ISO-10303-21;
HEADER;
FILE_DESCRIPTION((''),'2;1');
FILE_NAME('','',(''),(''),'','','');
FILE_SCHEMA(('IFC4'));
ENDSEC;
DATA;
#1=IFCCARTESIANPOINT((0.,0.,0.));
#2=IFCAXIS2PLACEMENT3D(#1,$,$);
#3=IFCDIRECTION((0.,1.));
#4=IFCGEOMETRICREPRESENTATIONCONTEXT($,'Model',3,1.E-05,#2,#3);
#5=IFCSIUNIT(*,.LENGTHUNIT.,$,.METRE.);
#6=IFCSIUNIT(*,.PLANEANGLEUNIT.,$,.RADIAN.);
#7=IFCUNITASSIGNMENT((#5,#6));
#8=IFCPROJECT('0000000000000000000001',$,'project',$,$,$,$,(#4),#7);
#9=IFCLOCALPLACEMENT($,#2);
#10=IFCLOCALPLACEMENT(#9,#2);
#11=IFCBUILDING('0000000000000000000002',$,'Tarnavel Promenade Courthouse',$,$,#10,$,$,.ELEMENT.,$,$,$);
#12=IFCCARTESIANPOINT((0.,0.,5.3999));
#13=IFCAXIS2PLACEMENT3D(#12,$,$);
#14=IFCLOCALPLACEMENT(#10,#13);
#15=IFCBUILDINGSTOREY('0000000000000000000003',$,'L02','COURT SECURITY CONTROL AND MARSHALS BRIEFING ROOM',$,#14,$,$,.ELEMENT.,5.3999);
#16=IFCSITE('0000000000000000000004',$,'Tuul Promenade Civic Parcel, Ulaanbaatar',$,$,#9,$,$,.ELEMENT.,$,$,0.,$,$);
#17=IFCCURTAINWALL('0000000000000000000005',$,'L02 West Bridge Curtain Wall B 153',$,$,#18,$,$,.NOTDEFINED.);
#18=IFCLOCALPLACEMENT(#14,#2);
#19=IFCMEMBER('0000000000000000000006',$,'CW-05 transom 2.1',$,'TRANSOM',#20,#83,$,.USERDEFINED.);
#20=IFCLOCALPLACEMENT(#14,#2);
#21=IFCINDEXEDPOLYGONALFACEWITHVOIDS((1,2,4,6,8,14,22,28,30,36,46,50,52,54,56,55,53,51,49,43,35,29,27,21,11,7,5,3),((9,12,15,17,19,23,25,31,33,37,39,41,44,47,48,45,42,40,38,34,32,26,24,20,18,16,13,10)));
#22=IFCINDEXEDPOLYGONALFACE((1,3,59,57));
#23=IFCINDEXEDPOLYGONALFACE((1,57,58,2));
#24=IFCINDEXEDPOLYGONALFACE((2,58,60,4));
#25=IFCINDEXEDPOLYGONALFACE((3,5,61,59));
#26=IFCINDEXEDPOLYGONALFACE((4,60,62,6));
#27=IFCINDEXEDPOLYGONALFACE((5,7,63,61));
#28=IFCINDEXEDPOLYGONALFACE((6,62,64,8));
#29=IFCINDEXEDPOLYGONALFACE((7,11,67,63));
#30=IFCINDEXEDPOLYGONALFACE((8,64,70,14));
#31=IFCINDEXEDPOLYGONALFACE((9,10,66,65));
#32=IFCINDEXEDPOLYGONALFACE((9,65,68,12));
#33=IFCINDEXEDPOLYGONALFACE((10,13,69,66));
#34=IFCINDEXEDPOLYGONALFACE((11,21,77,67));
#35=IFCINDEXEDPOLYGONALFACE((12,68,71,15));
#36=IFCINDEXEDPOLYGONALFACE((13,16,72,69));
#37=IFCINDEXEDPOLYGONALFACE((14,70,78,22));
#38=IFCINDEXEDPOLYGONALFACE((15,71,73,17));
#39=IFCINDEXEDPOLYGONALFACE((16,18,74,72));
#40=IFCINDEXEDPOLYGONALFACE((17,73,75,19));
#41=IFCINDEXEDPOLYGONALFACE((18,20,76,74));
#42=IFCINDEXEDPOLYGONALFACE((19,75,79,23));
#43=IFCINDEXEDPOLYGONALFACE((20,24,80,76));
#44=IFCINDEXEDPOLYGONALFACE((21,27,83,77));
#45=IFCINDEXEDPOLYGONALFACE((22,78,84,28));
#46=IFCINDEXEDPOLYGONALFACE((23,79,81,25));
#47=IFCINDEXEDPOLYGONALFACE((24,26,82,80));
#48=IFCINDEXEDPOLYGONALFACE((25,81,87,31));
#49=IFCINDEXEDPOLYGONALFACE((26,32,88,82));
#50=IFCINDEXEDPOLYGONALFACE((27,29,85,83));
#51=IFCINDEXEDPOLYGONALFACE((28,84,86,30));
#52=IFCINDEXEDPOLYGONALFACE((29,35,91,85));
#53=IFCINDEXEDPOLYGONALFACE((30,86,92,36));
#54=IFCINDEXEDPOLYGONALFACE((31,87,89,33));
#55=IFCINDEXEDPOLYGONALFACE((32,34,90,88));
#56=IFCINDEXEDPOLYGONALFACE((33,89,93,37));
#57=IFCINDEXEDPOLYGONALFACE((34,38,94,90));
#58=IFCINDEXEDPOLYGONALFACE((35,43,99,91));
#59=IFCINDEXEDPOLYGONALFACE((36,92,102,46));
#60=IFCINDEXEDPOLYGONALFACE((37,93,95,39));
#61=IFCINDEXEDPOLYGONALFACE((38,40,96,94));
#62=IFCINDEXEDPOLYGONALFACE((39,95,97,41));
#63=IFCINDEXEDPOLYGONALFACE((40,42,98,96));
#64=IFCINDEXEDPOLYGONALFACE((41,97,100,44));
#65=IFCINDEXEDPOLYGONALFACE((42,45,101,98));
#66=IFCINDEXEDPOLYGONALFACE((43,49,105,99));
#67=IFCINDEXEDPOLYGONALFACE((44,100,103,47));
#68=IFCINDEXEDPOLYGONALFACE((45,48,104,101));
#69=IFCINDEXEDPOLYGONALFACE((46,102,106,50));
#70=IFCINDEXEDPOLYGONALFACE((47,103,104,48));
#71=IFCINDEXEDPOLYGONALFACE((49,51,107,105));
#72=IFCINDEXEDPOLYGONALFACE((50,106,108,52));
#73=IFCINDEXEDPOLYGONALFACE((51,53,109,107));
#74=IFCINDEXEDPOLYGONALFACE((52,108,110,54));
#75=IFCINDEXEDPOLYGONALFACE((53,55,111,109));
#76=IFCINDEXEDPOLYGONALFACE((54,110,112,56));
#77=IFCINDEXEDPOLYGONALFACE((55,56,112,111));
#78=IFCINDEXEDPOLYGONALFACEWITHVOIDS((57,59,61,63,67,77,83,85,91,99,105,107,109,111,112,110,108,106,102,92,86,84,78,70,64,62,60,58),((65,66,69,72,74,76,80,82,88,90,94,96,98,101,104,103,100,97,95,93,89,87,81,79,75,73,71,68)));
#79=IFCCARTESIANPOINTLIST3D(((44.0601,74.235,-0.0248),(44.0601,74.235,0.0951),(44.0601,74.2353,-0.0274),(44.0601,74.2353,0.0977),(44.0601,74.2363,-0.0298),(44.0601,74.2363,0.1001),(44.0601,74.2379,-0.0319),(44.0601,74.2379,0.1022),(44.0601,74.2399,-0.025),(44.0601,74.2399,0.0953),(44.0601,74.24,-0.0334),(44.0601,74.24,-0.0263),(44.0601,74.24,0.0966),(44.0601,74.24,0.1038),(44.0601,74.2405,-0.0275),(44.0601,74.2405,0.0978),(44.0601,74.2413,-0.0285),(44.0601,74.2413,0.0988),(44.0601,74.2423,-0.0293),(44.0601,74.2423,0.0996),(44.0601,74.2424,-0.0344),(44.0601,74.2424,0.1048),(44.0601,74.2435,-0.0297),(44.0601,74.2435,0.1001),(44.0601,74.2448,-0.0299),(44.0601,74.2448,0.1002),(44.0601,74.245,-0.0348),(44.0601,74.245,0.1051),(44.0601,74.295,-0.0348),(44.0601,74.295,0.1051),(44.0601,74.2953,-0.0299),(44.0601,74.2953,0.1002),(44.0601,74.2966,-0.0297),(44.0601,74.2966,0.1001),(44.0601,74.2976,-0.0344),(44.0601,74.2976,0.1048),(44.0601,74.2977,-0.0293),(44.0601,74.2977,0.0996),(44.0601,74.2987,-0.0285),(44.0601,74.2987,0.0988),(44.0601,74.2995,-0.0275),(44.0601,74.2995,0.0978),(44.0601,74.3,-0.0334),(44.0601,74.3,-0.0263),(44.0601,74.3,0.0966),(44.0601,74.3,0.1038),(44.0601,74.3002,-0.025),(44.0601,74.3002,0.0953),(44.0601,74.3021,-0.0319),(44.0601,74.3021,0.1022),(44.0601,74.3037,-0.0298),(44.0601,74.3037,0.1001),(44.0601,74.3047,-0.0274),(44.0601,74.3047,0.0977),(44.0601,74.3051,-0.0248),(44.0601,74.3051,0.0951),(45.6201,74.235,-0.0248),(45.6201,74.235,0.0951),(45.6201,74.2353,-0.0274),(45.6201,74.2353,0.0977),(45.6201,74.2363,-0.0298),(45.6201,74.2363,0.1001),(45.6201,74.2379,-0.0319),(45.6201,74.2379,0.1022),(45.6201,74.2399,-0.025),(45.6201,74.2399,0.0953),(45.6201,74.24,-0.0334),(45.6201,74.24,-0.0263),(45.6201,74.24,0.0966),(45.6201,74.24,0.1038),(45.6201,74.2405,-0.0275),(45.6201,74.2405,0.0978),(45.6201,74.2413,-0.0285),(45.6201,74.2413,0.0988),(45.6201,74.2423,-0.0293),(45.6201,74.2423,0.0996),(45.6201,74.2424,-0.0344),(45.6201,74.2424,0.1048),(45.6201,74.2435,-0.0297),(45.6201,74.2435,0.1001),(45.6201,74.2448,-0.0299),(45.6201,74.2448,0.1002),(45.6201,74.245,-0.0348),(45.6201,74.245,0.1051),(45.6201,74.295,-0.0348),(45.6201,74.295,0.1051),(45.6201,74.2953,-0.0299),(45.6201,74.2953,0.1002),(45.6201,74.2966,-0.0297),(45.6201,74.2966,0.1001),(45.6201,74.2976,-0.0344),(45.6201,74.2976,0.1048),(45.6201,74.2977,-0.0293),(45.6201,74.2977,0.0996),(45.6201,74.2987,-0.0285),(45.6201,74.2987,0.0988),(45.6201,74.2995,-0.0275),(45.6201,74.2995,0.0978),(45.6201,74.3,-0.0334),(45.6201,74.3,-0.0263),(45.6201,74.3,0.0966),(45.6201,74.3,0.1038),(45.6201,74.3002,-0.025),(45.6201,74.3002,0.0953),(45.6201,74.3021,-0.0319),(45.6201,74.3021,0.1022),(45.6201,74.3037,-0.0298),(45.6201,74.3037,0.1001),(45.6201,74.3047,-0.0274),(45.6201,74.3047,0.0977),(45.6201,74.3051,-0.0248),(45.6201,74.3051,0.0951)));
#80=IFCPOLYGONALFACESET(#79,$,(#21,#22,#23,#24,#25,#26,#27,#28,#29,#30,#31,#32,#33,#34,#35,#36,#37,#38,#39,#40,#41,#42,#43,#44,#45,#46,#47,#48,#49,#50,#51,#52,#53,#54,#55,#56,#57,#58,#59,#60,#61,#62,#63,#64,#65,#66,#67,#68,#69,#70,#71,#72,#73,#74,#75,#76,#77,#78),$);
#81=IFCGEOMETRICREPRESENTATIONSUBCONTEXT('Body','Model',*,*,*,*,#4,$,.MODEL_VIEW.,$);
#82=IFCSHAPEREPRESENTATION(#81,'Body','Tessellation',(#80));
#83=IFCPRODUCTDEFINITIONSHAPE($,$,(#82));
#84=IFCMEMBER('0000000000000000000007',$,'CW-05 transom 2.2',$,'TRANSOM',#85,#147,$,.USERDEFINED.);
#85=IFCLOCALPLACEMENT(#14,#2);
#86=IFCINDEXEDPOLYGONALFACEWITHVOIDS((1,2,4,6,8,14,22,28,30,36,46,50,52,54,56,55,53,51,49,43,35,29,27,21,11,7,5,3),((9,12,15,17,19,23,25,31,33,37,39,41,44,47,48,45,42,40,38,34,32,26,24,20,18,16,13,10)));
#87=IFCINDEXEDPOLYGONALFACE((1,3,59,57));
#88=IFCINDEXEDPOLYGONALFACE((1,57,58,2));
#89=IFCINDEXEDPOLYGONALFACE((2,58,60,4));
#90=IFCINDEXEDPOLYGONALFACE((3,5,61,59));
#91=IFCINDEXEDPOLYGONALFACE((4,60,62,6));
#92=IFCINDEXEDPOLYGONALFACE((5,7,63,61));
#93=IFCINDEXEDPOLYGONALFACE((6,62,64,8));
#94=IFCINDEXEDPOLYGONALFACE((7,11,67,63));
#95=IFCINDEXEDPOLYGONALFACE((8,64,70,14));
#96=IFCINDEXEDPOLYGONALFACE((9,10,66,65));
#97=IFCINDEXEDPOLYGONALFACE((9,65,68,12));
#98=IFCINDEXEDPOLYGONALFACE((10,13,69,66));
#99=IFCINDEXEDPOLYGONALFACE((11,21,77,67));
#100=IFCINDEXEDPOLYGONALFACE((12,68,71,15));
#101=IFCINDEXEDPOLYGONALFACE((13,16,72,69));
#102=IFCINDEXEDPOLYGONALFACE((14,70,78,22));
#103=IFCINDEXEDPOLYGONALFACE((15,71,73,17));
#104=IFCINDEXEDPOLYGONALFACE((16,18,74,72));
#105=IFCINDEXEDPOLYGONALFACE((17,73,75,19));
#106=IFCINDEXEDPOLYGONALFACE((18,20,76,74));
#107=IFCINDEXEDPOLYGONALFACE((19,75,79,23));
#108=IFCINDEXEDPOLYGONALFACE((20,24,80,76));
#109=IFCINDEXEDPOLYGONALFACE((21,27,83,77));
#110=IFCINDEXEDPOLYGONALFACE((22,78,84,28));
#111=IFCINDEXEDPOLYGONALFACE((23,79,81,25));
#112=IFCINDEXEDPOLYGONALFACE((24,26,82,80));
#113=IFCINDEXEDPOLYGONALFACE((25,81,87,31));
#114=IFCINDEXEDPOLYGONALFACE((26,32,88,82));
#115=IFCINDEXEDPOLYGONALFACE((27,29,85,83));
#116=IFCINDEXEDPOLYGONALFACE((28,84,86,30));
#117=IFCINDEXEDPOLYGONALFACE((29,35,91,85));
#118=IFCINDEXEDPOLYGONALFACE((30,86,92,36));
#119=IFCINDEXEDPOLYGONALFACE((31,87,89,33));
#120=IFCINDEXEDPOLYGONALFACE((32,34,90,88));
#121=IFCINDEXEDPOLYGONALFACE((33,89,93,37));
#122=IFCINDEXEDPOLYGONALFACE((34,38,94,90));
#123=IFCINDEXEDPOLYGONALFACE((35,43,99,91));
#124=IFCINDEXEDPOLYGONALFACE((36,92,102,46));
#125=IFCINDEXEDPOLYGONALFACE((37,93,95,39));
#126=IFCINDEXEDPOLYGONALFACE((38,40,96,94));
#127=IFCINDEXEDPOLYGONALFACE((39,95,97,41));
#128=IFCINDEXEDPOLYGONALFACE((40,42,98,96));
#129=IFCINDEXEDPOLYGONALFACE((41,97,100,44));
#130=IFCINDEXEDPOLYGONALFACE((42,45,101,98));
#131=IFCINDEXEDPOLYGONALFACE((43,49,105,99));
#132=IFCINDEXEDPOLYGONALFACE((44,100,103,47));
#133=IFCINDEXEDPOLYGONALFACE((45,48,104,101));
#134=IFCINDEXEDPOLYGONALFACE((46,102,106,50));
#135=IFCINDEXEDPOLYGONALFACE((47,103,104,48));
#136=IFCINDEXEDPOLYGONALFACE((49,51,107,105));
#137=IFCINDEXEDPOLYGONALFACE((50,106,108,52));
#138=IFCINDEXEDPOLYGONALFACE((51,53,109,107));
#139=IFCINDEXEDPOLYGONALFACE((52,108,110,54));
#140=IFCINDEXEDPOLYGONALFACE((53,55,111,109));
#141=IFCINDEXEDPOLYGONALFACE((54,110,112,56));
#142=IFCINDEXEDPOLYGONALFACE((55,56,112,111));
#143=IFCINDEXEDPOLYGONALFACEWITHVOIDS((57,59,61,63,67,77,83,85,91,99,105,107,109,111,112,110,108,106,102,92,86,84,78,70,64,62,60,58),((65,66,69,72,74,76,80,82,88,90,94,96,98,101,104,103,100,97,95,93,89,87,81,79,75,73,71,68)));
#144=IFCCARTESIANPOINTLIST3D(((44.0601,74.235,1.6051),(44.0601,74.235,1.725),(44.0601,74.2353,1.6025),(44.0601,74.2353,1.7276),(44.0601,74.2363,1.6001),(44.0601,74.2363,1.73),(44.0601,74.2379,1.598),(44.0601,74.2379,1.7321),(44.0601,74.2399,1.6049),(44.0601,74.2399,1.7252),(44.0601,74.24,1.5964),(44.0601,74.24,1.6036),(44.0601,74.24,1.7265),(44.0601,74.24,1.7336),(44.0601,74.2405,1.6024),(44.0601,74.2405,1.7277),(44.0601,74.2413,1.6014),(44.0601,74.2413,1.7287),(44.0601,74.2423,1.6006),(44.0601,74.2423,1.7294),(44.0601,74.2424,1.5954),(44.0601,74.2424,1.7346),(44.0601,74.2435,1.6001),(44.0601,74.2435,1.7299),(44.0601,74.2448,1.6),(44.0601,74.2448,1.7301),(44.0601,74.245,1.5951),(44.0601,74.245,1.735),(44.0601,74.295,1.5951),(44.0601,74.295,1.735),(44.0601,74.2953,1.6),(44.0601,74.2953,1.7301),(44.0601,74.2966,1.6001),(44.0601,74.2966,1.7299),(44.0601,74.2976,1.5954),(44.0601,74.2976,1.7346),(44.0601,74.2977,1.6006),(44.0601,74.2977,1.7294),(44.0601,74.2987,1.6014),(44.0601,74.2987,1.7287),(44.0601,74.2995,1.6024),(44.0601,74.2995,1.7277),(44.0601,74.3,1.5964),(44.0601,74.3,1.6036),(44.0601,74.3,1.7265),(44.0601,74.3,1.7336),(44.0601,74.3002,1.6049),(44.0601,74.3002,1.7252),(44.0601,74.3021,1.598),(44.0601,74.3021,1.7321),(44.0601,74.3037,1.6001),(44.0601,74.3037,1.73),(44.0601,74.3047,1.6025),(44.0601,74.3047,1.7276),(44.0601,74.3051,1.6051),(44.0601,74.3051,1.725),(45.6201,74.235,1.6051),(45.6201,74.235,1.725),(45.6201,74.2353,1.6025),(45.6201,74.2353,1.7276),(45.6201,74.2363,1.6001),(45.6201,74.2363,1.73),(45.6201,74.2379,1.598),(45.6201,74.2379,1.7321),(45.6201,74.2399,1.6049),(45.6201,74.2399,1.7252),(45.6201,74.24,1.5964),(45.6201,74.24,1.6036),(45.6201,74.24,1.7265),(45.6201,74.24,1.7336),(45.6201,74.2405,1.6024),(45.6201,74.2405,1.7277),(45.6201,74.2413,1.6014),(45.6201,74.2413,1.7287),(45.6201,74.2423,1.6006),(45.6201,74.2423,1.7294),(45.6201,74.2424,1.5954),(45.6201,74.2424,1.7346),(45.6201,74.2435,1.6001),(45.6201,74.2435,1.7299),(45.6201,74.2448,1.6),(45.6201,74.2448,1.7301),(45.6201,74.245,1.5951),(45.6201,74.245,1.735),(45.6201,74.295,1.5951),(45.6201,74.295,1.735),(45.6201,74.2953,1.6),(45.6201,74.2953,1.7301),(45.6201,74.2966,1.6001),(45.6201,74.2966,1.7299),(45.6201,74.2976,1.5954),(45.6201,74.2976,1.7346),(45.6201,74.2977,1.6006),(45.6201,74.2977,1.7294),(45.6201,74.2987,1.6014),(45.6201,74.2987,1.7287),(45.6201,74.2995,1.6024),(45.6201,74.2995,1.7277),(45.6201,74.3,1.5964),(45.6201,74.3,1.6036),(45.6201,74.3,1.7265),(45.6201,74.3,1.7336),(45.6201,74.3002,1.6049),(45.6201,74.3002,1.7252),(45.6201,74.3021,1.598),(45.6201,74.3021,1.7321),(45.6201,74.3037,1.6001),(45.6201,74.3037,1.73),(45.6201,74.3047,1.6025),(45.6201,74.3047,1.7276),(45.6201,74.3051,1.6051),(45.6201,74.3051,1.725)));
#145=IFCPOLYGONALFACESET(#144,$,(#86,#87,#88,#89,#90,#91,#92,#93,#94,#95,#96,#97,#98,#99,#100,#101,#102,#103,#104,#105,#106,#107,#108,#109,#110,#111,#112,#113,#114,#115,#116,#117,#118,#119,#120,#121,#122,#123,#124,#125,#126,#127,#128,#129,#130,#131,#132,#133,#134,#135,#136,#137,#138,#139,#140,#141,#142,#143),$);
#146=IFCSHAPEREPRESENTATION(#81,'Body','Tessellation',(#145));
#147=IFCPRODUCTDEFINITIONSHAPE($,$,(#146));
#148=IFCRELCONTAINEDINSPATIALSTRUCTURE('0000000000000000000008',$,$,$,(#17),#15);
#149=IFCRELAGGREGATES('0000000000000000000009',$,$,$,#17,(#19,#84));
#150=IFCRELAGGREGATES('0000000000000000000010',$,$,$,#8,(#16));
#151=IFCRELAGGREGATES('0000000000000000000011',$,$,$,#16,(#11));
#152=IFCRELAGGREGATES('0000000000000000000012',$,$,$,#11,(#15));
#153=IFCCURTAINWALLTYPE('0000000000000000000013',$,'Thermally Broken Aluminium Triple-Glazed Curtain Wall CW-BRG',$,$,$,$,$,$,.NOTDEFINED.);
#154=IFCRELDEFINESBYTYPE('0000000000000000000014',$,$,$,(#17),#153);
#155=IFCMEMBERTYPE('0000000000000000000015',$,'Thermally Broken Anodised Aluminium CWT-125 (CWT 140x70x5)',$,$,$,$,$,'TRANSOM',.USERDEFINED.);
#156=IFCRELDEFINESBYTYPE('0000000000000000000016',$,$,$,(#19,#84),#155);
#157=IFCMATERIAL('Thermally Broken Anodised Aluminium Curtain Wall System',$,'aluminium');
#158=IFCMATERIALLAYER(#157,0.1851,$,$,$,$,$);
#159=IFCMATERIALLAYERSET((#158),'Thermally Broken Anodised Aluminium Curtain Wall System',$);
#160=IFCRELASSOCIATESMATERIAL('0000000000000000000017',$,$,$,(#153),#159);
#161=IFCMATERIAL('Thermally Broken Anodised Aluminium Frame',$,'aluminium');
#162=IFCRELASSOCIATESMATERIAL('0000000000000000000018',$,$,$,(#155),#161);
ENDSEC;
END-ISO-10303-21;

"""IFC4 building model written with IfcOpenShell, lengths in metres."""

from ifc_helpers import new_model, si_unit, direction, frame, origin, origin_2d, place, context, subcontext, project, spatial, hollow_rectangle, extrude, material, layer, layer_set, material_profile, profile_set, type_object, element, aggregate, save


model = new_model("IFC4")

# Units and contexts
model_context = context("Model", 3, precision=1e-05, world=origin(), true_north=direction((0.0, 1.0)))
body_context = subcontext(model_context, "Body", "Model", "MODEL_VIEW")
ifc_project = project(units=[si_unit("LENGTHUNIT", "METRE"), si_unit("PLANEANGLEUNIT", "RADIAN")], contexts=[model_context])

# Site, building, storey
site_placement = place(None, origin())
site = spatial("IfcSite", under=ifc_project, at=site_placement, Name="Tuul Promenade Civic Parcel, Ulaanbaatar", CompositionType="ELEMENT", RefElevation=0.0)
building_placement = place(site_placement, origin())
building = spatial("IfcBuilding", under=site, at=building_placement, Name="Tarnavel Promenade Courthouse", CompositionType="ELEMENT")
storey_placement = place(building_placement, frame((0.0, 0.0, 5.3999)))
storey = spatial("IfcBuildingStorey", under=building, at=storey_placement, Name="L02", Description="COURT SECURITY CONTROL AND MARSHALS BRIEFING ROOM", CompositionType="ELEMENT", Elevation=5.3999)

# Shared definitions
ifc_material_1 = material(Name="Thermally Broken Anodised Aluminium Curtain Wall System", Category="aluminium")
ifc_layer_1 = layer(ifc_material_1, 0.1851)
ifc_layer_set_1 = layer_set([ifc_layer_1], Name="Thermally Broken Anodised Aluminium Curtain Wall System")
curtain_wall_type = type_object("IfcCurtainWallType", Name="Thermally Broken Aluminium Triple-Glazed Curtain Wall CW-BRG", PredefinedType="NOTDEFINED", material=ifc_layer_set_1)
ifc_material_2 = material(Name="Thermally Broken Anodised Aluminium Frame", Category="aluminium")

# Curtain wall
curtain_wall_1_placement = place(storey_placement, origin())
curtain_wall_1 = element("IfcCurtainWall", 1, at=curtain_wall_1_placement, inside=storey, type_object=curtain_wall_type, Name="L02 West Bridge Curtain Wall B 153", PredefinedType="NOTDEFINED")

# Members
ifc_material_profile_1 = material_profile(ifc_material_2, hollow_rectangle(XDim=0.0701, YDim=0.1399, WallThickness=0.0049, InnerFilletRadius=0.0049, OuterFilletRadius=0.01, at=origin_2d()), Name="CWT 140x70x5")
ifc_profile_set_1 = profile_set([ifc_material_profile_1], Name="Thermally Broken Anodised Aluminium Frame")
member_type_1 = type_object("IfcMemberType", Name="Thermally Broken Anodised Aluminium CWT-125 (CWT 140x70x5)", ElementType="TRANSOM", PredefinedType="USERDEFINED", material=ifc_profile_set_1)
member_1_placement = place(storey_placement, frame((44.0601, 74.27, 0.0352), z_axis=(1.0, 0.0, 0.0), x_axis=(0.0, 1.0, 0.0)))
member_1 = element("IfcMember", 2, at=member_1_placement, type_object=member_type_1, Name="CW-05 transom 2.1", ObjectType="TRANSOM", PredefinedType="USERDEFINED", context=body_context, shape_type="SweptSolid", body=[
    extrude(hollow_rectangle(XDim=0.0701, YDim=0.1399, WallThickness=0.0049, InnerFilletRadius=0.0049, OuterFilletRadius=0.01, at=origin_2d()), origin(), (0.0, 0.0, 1.0), 1.5601),
])
member_2_placement = place(storey_placement, frame((44.0601, 74.27, 1.665), z_axis=(1.0, 0.0, 0.0), x_axis=(0.0, 1.0, 0.0)))
member_2 = element("IfcMember", 3, at=member_2_placement, type_object=member_type_1, Name="CW-05 transom 2.2", ObjectType="TRANSOM", PredefinedType="USERDEFINED", context=body_context, shape_type="SweptSolid", body=[
    extrude(hollow_rectangle(XDim=0.0701, YDim=0.1399, WallThickness=0.0049, InnerFilletRadius=0.0049, OuterFilletRadius=0.01, at=origin_2d()), origin(), (0.0, 0.0, 1.0), 1.5601),
])

aggregate(curtain_wall_1, [member_1, member_2])

save(model, "model.ifc")
